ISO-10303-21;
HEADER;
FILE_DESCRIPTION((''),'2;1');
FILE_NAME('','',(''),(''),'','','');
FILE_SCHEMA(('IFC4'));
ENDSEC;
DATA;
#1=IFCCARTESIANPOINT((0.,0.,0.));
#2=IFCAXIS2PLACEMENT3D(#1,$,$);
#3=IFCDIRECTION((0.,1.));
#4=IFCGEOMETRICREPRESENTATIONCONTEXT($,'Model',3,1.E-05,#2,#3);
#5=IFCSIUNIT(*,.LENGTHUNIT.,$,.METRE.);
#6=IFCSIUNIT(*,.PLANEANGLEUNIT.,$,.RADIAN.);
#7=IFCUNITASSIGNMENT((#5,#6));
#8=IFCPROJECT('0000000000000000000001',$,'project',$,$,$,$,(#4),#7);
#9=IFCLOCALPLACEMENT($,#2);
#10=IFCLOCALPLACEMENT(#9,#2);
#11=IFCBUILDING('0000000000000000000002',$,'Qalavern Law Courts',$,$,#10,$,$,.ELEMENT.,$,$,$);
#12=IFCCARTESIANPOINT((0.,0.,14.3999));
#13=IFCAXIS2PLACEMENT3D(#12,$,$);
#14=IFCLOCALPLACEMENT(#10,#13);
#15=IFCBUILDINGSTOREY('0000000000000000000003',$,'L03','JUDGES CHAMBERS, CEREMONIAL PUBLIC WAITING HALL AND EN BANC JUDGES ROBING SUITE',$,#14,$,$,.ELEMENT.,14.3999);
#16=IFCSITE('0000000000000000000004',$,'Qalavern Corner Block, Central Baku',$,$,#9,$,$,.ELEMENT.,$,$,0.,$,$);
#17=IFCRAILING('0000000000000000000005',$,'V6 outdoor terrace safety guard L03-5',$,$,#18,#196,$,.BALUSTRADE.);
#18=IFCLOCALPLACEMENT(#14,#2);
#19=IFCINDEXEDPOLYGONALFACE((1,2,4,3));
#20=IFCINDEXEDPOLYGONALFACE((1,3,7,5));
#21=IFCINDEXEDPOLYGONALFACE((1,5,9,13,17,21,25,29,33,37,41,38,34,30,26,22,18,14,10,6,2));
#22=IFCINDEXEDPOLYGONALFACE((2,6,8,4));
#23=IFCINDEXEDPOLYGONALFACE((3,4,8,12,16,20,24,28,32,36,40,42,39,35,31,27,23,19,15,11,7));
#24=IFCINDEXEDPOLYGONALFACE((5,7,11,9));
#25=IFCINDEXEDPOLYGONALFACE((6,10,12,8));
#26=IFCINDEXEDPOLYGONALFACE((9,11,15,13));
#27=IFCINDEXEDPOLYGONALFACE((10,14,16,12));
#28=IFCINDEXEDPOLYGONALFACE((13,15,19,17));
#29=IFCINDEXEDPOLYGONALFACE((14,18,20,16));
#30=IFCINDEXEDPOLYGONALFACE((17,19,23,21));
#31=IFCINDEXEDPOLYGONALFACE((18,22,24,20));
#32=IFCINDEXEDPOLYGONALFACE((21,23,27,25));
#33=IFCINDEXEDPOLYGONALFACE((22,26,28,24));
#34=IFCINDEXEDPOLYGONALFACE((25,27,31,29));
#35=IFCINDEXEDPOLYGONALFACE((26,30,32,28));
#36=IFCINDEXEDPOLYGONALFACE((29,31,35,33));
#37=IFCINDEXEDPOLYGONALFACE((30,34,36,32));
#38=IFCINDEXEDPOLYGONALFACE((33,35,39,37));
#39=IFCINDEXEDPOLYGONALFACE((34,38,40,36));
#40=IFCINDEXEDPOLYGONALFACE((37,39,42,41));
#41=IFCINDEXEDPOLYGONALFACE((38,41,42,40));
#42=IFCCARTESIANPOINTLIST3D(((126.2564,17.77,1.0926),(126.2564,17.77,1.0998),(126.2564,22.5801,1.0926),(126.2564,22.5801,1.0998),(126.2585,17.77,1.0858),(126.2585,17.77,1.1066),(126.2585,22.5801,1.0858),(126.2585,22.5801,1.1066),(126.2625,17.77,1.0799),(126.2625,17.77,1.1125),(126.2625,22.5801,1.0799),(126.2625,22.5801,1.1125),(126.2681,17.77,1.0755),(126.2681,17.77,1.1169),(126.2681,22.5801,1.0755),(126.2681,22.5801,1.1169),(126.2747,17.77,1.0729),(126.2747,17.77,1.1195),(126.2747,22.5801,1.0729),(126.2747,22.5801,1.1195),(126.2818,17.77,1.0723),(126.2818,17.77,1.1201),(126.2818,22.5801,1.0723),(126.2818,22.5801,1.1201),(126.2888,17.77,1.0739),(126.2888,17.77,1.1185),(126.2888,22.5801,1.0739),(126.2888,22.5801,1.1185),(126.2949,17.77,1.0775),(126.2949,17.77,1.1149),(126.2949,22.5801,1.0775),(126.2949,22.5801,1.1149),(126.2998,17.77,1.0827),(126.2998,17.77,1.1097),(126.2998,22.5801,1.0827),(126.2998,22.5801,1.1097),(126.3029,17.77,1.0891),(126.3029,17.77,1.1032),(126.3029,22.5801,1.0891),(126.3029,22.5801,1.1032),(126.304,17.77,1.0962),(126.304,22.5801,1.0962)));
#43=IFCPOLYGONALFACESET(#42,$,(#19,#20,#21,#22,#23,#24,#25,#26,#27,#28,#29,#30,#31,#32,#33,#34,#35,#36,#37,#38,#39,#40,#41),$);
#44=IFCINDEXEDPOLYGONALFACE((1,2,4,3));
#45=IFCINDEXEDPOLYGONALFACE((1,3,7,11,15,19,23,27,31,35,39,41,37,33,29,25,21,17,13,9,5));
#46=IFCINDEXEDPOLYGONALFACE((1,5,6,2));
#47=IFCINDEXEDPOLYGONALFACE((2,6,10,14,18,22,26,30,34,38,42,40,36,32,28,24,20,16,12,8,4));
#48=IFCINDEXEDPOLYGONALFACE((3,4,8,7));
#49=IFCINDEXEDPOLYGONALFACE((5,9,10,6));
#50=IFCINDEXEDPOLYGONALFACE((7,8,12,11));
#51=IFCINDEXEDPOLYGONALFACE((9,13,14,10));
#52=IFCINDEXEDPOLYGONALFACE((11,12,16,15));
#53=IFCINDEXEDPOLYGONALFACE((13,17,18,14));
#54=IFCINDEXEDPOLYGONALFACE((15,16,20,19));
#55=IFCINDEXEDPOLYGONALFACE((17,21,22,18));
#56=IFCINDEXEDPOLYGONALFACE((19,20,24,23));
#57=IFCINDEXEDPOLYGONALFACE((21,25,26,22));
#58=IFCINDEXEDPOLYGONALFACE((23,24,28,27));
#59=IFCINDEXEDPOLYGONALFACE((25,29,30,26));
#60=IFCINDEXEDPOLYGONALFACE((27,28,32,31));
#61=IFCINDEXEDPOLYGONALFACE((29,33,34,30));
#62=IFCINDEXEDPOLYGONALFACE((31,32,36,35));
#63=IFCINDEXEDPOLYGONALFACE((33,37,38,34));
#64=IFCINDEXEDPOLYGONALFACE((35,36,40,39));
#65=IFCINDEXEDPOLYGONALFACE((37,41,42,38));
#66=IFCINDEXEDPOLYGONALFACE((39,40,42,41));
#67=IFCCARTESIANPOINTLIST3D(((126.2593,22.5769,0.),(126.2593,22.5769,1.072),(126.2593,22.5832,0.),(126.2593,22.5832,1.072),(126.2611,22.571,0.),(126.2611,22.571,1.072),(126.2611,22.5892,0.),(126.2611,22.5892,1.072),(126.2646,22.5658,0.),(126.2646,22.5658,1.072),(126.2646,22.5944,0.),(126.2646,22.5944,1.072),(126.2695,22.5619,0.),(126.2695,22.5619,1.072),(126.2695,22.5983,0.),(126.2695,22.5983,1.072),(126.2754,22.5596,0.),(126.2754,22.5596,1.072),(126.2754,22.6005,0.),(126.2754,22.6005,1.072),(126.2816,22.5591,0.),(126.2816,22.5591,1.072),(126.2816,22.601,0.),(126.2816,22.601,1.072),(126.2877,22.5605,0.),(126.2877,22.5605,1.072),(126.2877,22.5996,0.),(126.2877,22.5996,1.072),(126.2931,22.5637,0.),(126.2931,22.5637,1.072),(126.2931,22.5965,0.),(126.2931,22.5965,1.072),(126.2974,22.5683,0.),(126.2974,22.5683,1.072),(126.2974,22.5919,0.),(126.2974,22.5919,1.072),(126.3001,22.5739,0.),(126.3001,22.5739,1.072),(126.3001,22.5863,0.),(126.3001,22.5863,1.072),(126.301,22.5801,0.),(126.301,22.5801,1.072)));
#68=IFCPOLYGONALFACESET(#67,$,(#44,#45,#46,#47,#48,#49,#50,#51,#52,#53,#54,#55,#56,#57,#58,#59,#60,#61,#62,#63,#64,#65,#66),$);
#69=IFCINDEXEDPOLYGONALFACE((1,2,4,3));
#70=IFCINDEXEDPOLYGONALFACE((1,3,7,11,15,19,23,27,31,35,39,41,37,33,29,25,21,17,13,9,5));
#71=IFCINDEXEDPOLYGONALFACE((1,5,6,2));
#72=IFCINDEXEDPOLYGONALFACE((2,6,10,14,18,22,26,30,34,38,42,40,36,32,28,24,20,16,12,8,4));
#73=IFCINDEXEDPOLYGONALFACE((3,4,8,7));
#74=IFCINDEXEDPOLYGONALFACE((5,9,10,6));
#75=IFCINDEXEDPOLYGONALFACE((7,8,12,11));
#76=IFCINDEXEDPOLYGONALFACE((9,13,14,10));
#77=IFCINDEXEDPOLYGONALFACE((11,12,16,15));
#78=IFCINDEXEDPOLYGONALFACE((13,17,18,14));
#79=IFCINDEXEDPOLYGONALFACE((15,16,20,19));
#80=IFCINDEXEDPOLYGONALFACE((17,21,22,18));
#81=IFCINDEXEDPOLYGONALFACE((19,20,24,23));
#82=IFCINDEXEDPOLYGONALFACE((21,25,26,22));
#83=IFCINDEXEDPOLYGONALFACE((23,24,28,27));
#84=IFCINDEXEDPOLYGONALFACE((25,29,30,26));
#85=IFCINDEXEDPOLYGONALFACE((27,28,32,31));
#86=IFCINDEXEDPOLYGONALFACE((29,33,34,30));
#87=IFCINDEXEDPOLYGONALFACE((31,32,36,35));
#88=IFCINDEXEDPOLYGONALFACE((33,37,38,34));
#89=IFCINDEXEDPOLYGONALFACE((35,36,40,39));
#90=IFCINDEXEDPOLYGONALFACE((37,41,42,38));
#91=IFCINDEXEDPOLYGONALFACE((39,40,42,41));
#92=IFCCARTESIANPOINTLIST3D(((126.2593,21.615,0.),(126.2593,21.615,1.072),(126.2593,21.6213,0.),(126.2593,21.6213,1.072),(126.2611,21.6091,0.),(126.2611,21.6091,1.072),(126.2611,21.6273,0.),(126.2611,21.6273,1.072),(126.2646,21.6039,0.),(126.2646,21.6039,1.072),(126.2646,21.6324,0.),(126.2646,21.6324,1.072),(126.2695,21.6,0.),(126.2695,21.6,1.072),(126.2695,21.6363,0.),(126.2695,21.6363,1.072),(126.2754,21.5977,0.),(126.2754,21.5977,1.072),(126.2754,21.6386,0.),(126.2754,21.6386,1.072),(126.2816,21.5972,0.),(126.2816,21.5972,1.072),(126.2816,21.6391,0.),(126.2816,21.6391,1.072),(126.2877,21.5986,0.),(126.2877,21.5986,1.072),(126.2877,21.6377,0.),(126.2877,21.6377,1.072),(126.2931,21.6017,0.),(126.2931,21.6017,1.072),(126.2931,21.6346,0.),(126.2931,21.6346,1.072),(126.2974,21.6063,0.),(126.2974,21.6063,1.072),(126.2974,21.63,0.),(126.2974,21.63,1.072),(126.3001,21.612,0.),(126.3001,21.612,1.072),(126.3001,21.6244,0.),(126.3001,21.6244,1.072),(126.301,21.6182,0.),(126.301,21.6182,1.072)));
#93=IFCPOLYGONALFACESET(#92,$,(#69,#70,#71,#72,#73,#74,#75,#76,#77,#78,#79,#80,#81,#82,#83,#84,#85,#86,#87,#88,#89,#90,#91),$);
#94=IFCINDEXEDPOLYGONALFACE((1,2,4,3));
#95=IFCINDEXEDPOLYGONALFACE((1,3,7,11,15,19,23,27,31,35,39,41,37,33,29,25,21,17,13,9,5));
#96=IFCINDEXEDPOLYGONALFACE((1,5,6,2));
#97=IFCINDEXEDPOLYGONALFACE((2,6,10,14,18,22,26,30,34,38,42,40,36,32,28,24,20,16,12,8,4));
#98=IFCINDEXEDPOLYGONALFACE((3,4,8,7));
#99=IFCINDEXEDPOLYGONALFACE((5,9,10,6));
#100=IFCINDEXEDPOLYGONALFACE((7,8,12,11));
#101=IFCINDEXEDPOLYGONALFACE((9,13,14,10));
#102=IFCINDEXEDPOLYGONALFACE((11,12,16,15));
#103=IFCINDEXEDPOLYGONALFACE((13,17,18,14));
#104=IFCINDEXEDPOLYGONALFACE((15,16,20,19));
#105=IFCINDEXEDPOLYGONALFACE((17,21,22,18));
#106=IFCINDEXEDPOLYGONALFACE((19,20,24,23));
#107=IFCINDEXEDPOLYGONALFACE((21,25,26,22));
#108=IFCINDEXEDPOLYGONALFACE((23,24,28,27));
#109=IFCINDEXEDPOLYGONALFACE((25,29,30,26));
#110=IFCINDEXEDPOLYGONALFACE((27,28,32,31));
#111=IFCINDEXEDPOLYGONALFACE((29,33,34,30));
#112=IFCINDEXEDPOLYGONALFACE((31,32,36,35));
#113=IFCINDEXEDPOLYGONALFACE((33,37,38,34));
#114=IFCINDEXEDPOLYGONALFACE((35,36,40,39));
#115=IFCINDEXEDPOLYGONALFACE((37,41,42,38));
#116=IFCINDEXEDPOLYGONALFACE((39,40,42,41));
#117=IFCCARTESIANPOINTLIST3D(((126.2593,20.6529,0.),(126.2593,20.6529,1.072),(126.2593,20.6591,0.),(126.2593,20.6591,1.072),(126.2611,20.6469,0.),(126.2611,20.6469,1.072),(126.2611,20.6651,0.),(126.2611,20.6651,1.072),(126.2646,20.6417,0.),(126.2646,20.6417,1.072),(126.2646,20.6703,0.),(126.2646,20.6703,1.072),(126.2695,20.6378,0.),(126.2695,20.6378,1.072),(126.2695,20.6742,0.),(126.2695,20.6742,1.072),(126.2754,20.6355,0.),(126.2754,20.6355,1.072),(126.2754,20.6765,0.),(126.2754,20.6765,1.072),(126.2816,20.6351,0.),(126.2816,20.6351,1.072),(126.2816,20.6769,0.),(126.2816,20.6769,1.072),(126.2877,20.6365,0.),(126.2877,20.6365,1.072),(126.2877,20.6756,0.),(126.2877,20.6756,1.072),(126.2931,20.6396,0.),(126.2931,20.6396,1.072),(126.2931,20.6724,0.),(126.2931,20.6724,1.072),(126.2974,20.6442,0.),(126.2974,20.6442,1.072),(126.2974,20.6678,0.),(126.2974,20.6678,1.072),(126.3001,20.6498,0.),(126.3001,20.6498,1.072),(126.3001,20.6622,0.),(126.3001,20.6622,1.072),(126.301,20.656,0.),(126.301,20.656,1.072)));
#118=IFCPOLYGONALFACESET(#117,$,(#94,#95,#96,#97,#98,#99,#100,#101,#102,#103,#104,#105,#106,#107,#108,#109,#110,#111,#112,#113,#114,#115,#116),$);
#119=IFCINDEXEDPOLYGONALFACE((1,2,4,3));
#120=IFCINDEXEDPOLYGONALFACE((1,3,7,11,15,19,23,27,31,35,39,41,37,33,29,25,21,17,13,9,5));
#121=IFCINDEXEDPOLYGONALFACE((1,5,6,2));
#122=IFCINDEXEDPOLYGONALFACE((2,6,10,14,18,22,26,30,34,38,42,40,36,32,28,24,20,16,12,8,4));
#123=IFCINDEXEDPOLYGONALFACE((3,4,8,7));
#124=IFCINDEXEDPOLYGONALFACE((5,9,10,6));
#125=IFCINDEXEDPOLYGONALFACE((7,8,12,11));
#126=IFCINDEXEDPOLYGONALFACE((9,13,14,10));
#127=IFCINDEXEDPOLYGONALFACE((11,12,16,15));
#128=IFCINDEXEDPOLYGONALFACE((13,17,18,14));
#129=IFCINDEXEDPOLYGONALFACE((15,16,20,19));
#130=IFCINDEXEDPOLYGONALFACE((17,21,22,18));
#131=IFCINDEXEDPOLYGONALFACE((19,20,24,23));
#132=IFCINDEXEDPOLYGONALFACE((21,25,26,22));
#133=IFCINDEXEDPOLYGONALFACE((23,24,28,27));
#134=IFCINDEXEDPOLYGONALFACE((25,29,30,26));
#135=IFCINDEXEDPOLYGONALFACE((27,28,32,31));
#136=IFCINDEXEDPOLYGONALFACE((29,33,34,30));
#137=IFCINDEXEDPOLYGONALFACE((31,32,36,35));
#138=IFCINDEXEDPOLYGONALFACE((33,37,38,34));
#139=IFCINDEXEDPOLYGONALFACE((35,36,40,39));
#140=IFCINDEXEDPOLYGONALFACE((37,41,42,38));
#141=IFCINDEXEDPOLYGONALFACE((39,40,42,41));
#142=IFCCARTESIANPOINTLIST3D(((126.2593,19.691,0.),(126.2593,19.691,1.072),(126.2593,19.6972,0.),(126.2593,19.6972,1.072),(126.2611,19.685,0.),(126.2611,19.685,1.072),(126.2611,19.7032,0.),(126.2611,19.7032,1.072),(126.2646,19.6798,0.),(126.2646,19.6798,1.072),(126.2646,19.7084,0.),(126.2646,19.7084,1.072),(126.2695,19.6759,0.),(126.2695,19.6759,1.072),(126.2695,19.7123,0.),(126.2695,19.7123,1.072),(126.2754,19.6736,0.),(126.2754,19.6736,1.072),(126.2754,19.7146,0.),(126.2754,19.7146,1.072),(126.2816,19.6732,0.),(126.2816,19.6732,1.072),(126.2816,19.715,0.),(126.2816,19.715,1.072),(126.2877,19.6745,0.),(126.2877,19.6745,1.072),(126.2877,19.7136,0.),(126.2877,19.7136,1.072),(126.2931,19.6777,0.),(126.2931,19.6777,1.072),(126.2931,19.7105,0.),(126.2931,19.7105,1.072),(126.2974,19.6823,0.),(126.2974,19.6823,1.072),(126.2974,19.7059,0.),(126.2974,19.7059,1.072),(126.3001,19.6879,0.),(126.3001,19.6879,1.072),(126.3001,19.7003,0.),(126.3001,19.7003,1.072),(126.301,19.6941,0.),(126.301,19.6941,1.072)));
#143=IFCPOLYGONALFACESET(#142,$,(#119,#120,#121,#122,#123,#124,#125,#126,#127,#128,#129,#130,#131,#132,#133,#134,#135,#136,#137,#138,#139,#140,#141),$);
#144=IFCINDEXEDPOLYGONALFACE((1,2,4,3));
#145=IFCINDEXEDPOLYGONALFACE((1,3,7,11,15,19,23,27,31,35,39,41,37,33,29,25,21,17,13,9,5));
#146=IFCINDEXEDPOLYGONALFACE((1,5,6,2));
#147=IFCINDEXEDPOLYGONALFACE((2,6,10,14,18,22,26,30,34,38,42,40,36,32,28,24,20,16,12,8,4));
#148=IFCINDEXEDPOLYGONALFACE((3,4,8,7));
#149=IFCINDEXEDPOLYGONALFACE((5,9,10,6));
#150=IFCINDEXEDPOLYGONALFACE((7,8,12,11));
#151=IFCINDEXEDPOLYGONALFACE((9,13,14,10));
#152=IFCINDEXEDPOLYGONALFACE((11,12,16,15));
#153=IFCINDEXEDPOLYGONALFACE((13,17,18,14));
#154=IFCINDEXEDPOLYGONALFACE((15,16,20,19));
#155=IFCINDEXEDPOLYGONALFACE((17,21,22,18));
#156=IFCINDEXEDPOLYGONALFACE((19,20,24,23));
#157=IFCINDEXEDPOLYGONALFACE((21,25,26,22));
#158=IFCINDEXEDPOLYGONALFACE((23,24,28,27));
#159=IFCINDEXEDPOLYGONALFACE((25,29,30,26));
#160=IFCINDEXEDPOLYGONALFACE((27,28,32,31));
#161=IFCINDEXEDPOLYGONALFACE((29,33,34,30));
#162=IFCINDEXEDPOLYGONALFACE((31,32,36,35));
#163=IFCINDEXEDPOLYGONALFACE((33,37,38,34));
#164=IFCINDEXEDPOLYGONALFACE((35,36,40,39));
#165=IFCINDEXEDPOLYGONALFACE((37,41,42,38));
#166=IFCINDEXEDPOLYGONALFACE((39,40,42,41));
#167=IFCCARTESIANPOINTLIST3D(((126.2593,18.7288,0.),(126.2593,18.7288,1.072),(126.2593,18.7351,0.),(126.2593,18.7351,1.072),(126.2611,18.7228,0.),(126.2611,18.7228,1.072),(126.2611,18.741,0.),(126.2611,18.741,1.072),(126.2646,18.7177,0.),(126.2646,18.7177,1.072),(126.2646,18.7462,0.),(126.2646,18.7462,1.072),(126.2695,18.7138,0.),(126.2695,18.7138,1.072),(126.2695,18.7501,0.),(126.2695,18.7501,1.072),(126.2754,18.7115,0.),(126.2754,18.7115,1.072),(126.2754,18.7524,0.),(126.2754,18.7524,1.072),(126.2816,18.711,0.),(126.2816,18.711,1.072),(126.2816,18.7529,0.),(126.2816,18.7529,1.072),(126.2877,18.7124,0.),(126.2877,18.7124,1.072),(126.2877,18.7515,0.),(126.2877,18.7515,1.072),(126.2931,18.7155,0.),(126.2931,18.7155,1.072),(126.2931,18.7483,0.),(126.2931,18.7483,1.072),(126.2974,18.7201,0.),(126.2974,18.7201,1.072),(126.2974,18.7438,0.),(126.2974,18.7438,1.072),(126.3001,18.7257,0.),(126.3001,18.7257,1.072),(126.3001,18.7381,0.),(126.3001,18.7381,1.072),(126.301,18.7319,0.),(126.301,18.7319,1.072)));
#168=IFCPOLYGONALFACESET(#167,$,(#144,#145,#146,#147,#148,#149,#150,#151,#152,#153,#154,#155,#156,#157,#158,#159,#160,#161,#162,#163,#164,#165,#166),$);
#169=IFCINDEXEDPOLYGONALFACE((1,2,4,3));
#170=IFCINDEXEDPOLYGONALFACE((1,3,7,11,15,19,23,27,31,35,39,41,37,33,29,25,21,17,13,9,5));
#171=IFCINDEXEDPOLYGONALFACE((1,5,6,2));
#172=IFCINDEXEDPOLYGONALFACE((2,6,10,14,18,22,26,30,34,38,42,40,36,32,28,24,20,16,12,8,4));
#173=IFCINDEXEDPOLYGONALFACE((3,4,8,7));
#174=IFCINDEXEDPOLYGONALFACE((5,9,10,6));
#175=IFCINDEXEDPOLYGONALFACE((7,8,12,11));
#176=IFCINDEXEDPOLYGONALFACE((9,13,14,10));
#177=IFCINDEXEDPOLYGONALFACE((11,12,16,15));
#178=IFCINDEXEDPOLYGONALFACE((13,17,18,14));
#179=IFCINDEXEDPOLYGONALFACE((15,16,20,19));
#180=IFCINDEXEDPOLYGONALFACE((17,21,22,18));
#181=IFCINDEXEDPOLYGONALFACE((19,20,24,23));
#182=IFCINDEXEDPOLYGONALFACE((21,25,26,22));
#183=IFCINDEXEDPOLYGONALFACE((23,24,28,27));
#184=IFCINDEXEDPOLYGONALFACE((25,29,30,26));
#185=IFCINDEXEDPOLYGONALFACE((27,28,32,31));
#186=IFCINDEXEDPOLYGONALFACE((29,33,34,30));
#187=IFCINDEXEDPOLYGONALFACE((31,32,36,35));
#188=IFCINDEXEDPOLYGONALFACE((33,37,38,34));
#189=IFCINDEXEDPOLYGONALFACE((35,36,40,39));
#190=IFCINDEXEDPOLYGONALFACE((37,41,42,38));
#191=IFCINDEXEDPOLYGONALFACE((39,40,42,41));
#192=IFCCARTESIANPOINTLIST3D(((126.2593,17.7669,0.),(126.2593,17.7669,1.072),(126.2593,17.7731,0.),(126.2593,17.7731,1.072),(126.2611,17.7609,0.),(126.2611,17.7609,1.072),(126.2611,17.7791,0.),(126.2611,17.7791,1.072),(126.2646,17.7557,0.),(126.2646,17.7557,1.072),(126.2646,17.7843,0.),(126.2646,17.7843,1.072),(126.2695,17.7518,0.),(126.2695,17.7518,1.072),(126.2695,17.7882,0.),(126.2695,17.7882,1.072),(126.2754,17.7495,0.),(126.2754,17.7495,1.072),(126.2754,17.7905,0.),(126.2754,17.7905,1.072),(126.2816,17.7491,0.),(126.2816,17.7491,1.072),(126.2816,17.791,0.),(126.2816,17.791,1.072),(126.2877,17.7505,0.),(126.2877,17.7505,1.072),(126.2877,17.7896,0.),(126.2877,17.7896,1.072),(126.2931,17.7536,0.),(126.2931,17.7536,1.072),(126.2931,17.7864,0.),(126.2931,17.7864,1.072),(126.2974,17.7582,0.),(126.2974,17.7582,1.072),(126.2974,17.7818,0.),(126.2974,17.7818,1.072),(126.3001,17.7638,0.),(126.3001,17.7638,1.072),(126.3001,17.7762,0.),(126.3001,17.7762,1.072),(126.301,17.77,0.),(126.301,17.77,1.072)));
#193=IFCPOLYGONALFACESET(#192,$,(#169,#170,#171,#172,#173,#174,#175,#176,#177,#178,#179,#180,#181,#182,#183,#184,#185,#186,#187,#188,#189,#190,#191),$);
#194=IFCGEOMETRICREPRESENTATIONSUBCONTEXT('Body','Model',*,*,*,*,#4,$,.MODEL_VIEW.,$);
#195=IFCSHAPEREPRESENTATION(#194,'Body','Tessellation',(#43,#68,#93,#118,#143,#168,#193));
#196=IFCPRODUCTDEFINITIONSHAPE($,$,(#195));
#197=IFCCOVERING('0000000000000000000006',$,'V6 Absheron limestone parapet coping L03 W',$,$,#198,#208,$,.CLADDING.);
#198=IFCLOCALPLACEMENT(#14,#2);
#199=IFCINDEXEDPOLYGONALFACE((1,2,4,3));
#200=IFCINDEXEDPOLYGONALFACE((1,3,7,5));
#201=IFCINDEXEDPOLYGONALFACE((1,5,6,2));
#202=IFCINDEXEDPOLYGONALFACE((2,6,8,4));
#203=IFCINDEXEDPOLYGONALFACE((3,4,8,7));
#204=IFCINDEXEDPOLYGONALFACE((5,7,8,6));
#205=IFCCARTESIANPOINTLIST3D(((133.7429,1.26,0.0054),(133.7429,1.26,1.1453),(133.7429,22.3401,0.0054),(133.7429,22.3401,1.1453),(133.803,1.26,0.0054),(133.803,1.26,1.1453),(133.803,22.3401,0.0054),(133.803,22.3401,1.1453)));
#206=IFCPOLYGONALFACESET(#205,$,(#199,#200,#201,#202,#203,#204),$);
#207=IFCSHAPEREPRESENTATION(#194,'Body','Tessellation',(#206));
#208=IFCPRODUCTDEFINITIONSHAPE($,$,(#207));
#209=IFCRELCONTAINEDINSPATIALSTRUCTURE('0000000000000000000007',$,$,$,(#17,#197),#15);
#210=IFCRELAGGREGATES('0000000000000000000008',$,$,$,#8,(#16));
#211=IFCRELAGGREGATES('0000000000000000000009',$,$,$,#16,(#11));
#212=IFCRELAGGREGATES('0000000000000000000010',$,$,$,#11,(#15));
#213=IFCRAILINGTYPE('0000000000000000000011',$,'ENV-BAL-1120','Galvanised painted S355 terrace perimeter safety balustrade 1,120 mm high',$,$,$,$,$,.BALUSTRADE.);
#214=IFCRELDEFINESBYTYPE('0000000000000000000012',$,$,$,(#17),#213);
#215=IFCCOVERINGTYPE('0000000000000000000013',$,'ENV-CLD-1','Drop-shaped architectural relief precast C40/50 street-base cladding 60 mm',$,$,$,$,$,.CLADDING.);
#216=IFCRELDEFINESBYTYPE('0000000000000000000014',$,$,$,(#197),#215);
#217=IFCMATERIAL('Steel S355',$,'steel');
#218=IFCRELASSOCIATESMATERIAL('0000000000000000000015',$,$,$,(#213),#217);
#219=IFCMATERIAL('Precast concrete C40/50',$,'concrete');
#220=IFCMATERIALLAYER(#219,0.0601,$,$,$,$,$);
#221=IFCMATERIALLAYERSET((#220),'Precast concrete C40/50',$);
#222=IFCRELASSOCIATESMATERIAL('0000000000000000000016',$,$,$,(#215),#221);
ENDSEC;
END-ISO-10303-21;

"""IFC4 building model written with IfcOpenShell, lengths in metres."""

from ifc_helpers import new_model, si_unit, direction, frame, origin, origin_2d, place, context, subcontext, project, spatial, rectangle, circle, extrude, material, layer, layer_set, type_object, element, save


model = new_model("IFC4")

# Units and contexts
model_context = context("Model", 3, precision=1e-05, world=origin(), true_north=direction((0.0, 1.0)))
body_context = subcontext(model_context, "Body", "Model", "MODEL_VIEW")
ifc_project = project(units=[si_unit("LENGTHUNIT", "METRE"), si_unit("PLANEANGLEUNIT", "RADIAN")], contexts=[model_context])

# Site, building, storey
site_placement = place(None, origin())
site = spatial("IfcSite", under=ifc_project, at=site_placement, Name="Qalavern Corner Block, Central Baku", CompositionType="ELEMENT", RefElevation=0.0)
building_placement = place(site_placement, origin())
building = spatial("IfcBuilding", under=site, at=building_placement, Name="Qalavern Law Courts", CompositionType="ELEMENT")
storey_placement = place(building_placement, frame((0.0, 0.0, 14.3999)))
storey = spatial("IfcBuildingStorey", under=building, at=storey_placement, Name="L03", Description="JUDGES CHAMBERS, CEREMONIAL PUBLIC WAITING HALL AND EN BANC JUDGES ROBING SUITE", CompositionType="ELEMENT", Elevation=14.3999)

# Shared definitions
ifc_material_1 = material(Name="Steel S355", Category="steel")

# Railing
railing_type = type_object("IfcRailingType", Name="ENV-BAL-1120", Description="Galvanised painted S355 terrace perimeter safety balustrade 1,120 mm high", PredefinedType="BALUSTRADE", material=ifc_material_1)
railing_1_placement = place(storey_placement, frame((126.28, 22.5801, 0.0)))
element("IfcRailing", 1, at=railing_1_placement, inside=storey, type_object=railing_type, Name="V6 outdoor terrace safety guard L03-5", PredefinedType="BALUSTRADE", context=body_context, shape_type="SweptSolid", body=[
    extrude(circle(Radius=0.0239, at=origin_2d()), frame((0.0, 0.0, 1.0962), z_axis=(0.0, -1.0, 0.0), x_axis=(1.0, 0.0, 0.0)), (0.0, 0.0, 1.0), 4.8101),
    extrude(circle(Radius=0.021, at=origin_2d()), origin(), (0.0, 0.0, 1.0), 1.072),
    extrude(circle(Radius=0.021, at=origin_2d()), frame((0.0, -0.9619, 0.0)), (0.0, 0.0, 1.0), 1.072),
    extrude(circle(Radius=0.021, at=origin_2d()), frame((0.0, -1.9241, 0.0)), (0.0, 0.0, 1.0), 1.072),
    extrude(circle(Radius=0.021, at=origin_2d()), frame((0.0, -2.886, 0.0)), (0.0, 0.0, 1.0), 1.072),
    extrude(circle(Radius=0.021, at=origin_2d()), frame((0.0, -3.8481, 0.0)), (0.0, 0.0, 1.0), 1.072),
    extrude(circle(Radius=0.021, at=origin_2d()), frame((0.0, -4.8101, 0.0)), (0.0, 0.0, 1.0), 1.072),
])

# Covering
ifc_material_2 = material(Name="Precast concrete C40/50", Category="concrete")
ifc_layer_1 = layer(ifc_material_2, 0.0601)
ifc_layer_set_1 = layer_set([ifc_layer_1], Name="Precast concrete C40/50")
covering_type = type_object("IfcCoveringType", Name="ENV-CLD-1", Description="Drop-shaped architectural relief precast C40/50 street-base cladding 60 mm", PredefinedType="CLADDING", material=ifc_layer_set_1)
covering_placement = place(storey_placement, frame((133.7729, 11.8, 0.0054), z_axis=(0.0, 0.0, 1.0), x_axis=(0.0, -1.0, 0.0)))
element("IfcCovering", 2, at=covering_placement, inside=storey, type_object=covering_type, Name="V6 Absheron limestone parapet coping L03 W", PredefinedType="CLADDING", context=body_context, shape_type="SweptSolid", body=[
    extrude(rectangle(XDim=21.0801, YDim=0.0601, at=origin_2d()), origin(), (0.0, 0.0, 1.0), 1.1399),
])

save(model, "model.ifc")
